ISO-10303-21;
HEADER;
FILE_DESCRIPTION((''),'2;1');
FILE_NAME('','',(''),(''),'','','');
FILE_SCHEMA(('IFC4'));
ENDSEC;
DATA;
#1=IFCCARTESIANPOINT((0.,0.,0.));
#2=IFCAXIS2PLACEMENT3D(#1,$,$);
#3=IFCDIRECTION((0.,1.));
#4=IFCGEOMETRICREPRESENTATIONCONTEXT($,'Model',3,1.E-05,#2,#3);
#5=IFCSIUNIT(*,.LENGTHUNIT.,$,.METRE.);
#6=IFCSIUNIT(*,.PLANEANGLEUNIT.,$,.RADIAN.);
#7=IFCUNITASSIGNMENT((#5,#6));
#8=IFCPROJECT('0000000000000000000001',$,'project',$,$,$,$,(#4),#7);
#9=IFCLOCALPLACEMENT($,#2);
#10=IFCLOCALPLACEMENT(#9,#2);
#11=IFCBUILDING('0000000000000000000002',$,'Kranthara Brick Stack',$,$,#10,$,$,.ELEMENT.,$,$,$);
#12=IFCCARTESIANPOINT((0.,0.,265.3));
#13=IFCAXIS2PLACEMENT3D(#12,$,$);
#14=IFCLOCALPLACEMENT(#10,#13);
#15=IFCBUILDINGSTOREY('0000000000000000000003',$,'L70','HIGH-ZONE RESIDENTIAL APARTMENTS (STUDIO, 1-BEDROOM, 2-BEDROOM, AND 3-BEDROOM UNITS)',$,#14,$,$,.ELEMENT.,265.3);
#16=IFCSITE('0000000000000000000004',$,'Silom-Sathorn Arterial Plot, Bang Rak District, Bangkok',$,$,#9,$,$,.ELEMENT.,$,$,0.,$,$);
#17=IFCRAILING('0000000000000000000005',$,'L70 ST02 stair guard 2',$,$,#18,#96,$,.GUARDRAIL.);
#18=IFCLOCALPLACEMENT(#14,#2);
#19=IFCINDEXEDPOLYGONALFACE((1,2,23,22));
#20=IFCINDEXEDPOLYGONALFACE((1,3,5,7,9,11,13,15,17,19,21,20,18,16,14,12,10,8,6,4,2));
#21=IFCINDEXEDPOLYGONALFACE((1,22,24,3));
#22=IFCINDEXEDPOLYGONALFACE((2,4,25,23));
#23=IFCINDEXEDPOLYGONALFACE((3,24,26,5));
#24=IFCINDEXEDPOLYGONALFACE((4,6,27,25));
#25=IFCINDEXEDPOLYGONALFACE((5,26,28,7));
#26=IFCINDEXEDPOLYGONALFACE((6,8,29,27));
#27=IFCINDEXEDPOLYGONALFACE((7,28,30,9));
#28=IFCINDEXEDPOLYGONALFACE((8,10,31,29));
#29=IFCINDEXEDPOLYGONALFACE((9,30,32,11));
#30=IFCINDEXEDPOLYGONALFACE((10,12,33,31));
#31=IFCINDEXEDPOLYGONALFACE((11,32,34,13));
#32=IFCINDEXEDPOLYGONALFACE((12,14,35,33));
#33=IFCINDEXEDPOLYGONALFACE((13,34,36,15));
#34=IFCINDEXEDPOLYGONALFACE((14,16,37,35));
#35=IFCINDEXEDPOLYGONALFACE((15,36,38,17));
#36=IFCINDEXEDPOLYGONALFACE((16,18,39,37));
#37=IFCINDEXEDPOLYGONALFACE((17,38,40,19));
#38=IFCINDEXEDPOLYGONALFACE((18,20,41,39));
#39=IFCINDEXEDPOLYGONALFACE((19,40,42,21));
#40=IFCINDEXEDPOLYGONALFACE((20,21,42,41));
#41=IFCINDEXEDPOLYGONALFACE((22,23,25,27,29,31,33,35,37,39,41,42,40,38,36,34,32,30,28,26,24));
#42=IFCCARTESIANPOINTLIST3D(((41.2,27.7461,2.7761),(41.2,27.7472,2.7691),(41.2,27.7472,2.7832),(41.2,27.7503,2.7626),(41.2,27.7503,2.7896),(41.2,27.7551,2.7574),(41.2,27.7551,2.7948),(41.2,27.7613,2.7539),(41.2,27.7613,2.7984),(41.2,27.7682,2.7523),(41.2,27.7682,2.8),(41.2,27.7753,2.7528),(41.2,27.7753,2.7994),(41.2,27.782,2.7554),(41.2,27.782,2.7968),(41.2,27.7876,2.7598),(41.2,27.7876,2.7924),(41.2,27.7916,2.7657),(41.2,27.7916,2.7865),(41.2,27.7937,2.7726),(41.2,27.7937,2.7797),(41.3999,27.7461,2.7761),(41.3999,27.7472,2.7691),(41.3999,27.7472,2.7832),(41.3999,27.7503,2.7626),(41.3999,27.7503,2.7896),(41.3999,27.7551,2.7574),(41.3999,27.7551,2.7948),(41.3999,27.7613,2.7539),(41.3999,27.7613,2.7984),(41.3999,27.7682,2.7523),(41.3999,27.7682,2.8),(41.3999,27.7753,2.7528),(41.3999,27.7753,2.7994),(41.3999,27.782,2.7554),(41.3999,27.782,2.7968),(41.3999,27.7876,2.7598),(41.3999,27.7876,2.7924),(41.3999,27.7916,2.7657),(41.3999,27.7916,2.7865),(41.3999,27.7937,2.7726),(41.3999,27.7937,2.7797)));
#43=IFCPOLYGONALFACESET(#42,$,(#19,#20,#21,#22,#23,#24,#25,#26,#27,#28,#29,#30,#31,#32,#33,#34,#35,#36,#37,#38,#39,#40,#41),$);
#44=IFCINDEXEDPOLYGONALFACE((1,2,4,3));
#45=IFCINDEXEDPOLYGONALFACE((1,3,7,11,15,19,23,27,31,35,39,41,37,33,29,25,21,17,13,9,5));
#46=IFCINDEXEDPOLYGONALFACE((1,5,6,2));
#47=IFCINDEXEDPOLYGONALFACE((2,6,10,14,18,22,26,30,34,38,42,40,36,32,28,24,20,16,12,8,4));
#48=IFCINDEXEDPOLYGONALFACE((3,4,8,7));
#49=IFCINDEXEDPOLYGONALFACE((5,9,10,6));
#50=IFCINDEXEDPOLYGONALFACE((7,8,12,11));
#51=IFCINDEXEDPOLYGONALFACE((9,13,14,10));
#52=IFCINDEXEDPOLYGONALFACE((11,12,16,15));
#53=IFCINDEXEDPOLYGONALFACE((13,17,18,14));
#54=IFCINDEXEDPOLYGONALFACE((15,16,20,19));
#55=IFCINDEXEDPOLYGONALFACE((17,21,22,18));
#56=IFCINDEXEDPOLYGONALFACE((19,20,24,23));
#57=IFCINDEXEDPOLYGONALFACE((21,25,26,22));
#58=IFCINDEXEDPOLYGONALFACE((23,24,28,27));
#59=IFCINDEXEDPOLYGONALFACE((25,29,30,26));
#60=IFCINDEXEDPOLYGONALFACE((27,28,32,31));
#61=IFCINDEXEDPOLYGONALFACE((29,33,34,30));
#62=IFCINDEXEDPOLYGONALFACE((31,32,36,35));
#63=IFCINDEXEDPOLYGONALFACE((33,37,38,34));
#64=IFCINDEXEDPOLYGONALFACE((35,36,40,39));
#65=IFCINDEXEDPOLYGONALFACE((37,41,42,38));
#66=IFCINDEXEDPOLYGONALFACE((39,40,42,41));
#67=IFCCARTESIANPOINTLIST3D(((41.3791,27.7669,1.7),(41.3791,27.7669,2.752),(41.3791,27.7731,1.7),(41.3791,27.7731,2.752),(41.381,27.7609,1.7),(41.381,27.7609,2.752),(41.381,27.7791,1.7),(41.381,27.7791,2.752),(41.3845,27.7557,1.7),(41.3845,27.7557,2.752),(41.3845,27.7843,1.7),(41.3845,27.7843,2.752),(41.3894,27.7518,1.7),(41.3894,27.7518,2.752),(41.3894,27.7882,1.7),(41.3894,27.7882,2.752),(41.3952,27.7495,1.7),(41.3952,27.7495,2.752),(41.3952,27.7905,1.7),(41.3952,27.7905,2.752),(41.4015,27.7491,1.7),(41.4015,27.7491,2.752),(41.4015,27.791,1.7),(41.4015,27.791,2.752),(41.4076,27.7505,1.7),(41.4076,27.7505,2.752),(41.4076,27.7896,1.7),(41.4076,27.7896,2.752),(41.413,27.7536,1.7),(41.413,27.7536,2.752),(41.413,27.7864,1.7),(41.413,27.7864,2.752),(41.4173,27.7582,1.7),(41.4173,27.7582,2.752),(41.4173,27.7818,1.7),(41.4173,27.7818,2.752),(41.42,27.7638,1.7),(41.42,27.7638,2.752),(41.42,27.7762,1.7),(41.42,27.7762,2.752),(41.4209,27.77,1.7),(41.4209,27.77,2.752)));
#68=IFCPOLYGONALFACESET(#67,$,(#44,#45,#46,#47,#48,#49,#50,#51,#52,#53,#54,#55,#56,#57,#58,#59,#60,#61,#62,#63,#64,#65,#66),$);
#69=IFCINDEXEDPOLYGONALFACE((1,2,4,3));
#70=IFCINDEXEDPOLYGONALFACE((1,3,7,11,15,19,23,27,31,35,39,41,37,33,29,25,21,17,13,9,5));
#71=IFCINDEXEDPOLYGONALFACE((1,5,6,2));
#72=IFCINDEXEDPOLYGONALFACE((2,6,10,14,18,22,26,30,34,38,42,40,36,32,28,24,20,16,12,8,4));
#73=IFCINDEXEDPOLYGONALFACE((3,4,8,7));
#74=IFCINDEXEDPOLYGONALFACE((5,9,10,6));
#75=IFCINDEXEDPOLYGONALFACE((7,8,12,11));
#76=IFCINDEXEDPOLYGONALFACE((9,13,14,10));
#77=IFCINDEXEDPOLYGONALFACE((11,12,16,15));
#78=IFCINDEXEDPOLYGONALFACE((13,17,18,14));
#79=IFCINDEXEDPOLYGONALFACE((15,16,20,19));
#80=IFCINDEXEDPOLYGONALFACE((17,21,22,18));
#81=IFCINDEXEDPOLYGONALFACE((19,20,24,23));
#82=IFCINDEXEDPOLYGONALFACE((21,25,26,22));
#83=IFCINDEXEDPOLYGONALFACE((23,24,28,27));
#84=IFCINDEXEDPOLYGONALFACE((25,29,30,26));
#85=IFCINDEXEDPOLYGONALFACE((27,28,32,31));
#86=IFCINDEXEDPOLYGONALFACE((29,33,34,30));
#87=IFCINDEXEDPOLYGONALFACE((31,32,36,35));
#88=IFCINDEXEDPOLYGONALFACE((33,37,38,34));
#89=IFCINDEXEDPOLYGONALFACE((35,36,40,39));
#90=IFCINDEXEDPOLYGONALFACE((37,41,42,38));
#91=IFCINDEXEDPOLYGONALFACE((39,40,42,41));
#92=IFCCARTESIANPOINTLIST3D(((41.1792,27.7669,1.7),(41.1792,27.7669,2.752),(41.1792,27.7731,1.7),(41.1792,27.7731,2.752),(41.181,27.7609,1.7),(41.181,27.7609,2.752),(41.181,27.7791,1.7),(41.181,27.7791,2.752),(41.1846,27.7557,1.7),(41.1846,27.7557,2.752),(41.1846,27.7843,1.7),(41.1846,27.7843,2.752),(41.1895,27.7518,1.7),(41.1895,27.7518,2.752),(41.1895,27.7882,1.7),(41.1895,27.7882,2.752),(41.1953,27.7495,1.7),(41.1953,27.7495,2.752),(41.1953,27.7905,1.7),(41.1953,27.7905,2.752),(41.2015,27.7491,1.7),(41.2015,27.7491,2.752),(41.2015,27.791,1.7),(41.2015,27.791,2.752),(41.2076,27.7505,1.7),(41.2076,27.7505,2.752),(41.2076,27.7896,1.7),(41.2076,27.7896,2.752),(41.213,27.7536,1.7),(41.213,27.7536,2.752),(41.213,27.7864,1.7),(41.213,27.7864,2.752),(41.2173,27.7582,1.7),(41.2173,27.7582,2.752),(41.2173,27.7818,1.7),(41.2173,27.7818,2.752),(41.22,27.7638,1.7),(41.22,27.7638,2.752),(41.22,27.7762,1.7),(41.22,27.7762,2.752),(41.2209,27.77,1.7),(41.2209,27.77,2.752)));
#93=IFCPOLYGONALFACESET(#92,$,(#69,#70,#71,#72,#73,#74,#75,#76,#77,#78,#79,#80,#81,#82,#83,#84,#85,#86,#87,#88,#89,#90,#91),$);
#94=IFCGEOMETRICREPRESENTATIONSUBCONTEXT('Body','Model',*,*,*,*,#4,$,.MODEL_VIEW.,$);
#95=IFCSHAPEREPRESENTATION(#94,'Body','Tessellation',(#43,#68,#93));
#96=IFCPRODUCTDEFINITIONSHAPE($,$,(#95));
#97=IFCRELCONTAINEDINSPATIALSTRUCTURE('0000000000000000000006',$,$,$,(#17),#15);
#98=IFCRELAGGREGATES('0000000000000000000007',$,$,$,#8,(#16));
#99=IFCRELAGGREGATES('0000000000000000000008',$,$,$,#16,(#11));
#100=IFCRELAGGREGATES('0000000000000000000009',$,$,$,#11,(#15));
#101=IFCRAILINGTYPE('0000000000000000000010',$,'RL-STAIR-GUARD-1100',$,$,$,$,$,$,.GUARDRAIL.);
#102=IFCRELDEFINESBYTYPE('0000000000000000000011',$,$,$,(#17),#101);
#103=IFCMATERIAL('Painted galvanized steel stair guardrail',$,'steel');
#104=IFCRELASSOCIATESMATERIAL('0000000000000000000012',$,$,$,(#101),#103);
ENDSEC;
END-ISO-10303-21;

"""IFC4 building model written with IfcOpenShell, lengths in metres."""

from ifc_helpers import new_model, si_unit, direction, frame, origin, origin_2d, place, context, subcontext, project, spatial, circle, extrude, material, type_object, element, save


model = new_model("IFC4")

# Units and contexts
model_context = context("Model", 3, precision=1e-05, world=origin(), true_north=direction((0.0, 1.0)))
body_context = subcontext(model_context, "Body", "Model", "MODEL_VIEW")
ifc_project = project(units=[si_unit("LENGTHUNIT", "METRE"), si_unit("PLANEANGLEUNIT", "RADIAN")], contexts=[model_context])

# Site, building, storey
site_placement = place(None, origin())
site = spatial("IfcSite", under=ifc_project, at=site_placement, Name="Silom-Sathorn Arterial Plot, Bang Rak District, Bangkok", CompositionType="ELEMENT", RefElevation=0.0)
building_placement = place(site_placement, origin())
building = spatial("IfcBuilding", under=site, at=building_placement, Name="Kranthara Brick Stack", CompositionType="ELEMENT")
storey_placement = place(building_placement, frame((0.0, 0.0, 265.3)))
storey = spatial("IfcBuildingStorey", under=building, at=storey_placement, Name="L70", Description="HIGH-ZONE RESIDENTIAL APARTMENTS (STUDIO, 1-BEDROOM, 2-BEDROOM, AND 3-BEDROOM UNITS)", CompositionType="ELEMENT", Elevation=265.3)

# Railing
ifc_material_1 = material(Name="Painted galvanized steel stair guardrail", Category="steel")
railing_type_1 = type_object("IfcRailingType", Name="RL-STAIR-GUARD-1100", PredefinedType="GUARDRAIL", material=ifc_material_1)
railing_1_placement = place(storey_placement, frame((41.3999, 27.77, 1.7)))
element("IfcRailing", 1, at=railing_1_placement, inside=storey, type_object=railing_type_1, Name="L70 ST02 stair guard 2", PredefinedType="GUARDRAIL", context=body_context, shape_type="SweptSolid", body=[
    extrude(circle(Radius=0.0239, at=origin_2d()), frame((0.0, 0.0, 1.0762), z_axis=(-1.0, 0.0, 0.0), x_axis=(0.0, -1.0, 0.0)), (0.0, 0.0, 1.0), 0.2),
    extrude(circle(Radius=0.021, at=origin_2d()), origin(), (0.0, 0.0, 1.0), 1.052),
    extrude(circle(Radius=0.021, at=origin_2d()), frame((-0.2, 0.0, 0.0)), (0.0, 0.0, 1.0), 1.052),
])

save(model, "model.ifc")
